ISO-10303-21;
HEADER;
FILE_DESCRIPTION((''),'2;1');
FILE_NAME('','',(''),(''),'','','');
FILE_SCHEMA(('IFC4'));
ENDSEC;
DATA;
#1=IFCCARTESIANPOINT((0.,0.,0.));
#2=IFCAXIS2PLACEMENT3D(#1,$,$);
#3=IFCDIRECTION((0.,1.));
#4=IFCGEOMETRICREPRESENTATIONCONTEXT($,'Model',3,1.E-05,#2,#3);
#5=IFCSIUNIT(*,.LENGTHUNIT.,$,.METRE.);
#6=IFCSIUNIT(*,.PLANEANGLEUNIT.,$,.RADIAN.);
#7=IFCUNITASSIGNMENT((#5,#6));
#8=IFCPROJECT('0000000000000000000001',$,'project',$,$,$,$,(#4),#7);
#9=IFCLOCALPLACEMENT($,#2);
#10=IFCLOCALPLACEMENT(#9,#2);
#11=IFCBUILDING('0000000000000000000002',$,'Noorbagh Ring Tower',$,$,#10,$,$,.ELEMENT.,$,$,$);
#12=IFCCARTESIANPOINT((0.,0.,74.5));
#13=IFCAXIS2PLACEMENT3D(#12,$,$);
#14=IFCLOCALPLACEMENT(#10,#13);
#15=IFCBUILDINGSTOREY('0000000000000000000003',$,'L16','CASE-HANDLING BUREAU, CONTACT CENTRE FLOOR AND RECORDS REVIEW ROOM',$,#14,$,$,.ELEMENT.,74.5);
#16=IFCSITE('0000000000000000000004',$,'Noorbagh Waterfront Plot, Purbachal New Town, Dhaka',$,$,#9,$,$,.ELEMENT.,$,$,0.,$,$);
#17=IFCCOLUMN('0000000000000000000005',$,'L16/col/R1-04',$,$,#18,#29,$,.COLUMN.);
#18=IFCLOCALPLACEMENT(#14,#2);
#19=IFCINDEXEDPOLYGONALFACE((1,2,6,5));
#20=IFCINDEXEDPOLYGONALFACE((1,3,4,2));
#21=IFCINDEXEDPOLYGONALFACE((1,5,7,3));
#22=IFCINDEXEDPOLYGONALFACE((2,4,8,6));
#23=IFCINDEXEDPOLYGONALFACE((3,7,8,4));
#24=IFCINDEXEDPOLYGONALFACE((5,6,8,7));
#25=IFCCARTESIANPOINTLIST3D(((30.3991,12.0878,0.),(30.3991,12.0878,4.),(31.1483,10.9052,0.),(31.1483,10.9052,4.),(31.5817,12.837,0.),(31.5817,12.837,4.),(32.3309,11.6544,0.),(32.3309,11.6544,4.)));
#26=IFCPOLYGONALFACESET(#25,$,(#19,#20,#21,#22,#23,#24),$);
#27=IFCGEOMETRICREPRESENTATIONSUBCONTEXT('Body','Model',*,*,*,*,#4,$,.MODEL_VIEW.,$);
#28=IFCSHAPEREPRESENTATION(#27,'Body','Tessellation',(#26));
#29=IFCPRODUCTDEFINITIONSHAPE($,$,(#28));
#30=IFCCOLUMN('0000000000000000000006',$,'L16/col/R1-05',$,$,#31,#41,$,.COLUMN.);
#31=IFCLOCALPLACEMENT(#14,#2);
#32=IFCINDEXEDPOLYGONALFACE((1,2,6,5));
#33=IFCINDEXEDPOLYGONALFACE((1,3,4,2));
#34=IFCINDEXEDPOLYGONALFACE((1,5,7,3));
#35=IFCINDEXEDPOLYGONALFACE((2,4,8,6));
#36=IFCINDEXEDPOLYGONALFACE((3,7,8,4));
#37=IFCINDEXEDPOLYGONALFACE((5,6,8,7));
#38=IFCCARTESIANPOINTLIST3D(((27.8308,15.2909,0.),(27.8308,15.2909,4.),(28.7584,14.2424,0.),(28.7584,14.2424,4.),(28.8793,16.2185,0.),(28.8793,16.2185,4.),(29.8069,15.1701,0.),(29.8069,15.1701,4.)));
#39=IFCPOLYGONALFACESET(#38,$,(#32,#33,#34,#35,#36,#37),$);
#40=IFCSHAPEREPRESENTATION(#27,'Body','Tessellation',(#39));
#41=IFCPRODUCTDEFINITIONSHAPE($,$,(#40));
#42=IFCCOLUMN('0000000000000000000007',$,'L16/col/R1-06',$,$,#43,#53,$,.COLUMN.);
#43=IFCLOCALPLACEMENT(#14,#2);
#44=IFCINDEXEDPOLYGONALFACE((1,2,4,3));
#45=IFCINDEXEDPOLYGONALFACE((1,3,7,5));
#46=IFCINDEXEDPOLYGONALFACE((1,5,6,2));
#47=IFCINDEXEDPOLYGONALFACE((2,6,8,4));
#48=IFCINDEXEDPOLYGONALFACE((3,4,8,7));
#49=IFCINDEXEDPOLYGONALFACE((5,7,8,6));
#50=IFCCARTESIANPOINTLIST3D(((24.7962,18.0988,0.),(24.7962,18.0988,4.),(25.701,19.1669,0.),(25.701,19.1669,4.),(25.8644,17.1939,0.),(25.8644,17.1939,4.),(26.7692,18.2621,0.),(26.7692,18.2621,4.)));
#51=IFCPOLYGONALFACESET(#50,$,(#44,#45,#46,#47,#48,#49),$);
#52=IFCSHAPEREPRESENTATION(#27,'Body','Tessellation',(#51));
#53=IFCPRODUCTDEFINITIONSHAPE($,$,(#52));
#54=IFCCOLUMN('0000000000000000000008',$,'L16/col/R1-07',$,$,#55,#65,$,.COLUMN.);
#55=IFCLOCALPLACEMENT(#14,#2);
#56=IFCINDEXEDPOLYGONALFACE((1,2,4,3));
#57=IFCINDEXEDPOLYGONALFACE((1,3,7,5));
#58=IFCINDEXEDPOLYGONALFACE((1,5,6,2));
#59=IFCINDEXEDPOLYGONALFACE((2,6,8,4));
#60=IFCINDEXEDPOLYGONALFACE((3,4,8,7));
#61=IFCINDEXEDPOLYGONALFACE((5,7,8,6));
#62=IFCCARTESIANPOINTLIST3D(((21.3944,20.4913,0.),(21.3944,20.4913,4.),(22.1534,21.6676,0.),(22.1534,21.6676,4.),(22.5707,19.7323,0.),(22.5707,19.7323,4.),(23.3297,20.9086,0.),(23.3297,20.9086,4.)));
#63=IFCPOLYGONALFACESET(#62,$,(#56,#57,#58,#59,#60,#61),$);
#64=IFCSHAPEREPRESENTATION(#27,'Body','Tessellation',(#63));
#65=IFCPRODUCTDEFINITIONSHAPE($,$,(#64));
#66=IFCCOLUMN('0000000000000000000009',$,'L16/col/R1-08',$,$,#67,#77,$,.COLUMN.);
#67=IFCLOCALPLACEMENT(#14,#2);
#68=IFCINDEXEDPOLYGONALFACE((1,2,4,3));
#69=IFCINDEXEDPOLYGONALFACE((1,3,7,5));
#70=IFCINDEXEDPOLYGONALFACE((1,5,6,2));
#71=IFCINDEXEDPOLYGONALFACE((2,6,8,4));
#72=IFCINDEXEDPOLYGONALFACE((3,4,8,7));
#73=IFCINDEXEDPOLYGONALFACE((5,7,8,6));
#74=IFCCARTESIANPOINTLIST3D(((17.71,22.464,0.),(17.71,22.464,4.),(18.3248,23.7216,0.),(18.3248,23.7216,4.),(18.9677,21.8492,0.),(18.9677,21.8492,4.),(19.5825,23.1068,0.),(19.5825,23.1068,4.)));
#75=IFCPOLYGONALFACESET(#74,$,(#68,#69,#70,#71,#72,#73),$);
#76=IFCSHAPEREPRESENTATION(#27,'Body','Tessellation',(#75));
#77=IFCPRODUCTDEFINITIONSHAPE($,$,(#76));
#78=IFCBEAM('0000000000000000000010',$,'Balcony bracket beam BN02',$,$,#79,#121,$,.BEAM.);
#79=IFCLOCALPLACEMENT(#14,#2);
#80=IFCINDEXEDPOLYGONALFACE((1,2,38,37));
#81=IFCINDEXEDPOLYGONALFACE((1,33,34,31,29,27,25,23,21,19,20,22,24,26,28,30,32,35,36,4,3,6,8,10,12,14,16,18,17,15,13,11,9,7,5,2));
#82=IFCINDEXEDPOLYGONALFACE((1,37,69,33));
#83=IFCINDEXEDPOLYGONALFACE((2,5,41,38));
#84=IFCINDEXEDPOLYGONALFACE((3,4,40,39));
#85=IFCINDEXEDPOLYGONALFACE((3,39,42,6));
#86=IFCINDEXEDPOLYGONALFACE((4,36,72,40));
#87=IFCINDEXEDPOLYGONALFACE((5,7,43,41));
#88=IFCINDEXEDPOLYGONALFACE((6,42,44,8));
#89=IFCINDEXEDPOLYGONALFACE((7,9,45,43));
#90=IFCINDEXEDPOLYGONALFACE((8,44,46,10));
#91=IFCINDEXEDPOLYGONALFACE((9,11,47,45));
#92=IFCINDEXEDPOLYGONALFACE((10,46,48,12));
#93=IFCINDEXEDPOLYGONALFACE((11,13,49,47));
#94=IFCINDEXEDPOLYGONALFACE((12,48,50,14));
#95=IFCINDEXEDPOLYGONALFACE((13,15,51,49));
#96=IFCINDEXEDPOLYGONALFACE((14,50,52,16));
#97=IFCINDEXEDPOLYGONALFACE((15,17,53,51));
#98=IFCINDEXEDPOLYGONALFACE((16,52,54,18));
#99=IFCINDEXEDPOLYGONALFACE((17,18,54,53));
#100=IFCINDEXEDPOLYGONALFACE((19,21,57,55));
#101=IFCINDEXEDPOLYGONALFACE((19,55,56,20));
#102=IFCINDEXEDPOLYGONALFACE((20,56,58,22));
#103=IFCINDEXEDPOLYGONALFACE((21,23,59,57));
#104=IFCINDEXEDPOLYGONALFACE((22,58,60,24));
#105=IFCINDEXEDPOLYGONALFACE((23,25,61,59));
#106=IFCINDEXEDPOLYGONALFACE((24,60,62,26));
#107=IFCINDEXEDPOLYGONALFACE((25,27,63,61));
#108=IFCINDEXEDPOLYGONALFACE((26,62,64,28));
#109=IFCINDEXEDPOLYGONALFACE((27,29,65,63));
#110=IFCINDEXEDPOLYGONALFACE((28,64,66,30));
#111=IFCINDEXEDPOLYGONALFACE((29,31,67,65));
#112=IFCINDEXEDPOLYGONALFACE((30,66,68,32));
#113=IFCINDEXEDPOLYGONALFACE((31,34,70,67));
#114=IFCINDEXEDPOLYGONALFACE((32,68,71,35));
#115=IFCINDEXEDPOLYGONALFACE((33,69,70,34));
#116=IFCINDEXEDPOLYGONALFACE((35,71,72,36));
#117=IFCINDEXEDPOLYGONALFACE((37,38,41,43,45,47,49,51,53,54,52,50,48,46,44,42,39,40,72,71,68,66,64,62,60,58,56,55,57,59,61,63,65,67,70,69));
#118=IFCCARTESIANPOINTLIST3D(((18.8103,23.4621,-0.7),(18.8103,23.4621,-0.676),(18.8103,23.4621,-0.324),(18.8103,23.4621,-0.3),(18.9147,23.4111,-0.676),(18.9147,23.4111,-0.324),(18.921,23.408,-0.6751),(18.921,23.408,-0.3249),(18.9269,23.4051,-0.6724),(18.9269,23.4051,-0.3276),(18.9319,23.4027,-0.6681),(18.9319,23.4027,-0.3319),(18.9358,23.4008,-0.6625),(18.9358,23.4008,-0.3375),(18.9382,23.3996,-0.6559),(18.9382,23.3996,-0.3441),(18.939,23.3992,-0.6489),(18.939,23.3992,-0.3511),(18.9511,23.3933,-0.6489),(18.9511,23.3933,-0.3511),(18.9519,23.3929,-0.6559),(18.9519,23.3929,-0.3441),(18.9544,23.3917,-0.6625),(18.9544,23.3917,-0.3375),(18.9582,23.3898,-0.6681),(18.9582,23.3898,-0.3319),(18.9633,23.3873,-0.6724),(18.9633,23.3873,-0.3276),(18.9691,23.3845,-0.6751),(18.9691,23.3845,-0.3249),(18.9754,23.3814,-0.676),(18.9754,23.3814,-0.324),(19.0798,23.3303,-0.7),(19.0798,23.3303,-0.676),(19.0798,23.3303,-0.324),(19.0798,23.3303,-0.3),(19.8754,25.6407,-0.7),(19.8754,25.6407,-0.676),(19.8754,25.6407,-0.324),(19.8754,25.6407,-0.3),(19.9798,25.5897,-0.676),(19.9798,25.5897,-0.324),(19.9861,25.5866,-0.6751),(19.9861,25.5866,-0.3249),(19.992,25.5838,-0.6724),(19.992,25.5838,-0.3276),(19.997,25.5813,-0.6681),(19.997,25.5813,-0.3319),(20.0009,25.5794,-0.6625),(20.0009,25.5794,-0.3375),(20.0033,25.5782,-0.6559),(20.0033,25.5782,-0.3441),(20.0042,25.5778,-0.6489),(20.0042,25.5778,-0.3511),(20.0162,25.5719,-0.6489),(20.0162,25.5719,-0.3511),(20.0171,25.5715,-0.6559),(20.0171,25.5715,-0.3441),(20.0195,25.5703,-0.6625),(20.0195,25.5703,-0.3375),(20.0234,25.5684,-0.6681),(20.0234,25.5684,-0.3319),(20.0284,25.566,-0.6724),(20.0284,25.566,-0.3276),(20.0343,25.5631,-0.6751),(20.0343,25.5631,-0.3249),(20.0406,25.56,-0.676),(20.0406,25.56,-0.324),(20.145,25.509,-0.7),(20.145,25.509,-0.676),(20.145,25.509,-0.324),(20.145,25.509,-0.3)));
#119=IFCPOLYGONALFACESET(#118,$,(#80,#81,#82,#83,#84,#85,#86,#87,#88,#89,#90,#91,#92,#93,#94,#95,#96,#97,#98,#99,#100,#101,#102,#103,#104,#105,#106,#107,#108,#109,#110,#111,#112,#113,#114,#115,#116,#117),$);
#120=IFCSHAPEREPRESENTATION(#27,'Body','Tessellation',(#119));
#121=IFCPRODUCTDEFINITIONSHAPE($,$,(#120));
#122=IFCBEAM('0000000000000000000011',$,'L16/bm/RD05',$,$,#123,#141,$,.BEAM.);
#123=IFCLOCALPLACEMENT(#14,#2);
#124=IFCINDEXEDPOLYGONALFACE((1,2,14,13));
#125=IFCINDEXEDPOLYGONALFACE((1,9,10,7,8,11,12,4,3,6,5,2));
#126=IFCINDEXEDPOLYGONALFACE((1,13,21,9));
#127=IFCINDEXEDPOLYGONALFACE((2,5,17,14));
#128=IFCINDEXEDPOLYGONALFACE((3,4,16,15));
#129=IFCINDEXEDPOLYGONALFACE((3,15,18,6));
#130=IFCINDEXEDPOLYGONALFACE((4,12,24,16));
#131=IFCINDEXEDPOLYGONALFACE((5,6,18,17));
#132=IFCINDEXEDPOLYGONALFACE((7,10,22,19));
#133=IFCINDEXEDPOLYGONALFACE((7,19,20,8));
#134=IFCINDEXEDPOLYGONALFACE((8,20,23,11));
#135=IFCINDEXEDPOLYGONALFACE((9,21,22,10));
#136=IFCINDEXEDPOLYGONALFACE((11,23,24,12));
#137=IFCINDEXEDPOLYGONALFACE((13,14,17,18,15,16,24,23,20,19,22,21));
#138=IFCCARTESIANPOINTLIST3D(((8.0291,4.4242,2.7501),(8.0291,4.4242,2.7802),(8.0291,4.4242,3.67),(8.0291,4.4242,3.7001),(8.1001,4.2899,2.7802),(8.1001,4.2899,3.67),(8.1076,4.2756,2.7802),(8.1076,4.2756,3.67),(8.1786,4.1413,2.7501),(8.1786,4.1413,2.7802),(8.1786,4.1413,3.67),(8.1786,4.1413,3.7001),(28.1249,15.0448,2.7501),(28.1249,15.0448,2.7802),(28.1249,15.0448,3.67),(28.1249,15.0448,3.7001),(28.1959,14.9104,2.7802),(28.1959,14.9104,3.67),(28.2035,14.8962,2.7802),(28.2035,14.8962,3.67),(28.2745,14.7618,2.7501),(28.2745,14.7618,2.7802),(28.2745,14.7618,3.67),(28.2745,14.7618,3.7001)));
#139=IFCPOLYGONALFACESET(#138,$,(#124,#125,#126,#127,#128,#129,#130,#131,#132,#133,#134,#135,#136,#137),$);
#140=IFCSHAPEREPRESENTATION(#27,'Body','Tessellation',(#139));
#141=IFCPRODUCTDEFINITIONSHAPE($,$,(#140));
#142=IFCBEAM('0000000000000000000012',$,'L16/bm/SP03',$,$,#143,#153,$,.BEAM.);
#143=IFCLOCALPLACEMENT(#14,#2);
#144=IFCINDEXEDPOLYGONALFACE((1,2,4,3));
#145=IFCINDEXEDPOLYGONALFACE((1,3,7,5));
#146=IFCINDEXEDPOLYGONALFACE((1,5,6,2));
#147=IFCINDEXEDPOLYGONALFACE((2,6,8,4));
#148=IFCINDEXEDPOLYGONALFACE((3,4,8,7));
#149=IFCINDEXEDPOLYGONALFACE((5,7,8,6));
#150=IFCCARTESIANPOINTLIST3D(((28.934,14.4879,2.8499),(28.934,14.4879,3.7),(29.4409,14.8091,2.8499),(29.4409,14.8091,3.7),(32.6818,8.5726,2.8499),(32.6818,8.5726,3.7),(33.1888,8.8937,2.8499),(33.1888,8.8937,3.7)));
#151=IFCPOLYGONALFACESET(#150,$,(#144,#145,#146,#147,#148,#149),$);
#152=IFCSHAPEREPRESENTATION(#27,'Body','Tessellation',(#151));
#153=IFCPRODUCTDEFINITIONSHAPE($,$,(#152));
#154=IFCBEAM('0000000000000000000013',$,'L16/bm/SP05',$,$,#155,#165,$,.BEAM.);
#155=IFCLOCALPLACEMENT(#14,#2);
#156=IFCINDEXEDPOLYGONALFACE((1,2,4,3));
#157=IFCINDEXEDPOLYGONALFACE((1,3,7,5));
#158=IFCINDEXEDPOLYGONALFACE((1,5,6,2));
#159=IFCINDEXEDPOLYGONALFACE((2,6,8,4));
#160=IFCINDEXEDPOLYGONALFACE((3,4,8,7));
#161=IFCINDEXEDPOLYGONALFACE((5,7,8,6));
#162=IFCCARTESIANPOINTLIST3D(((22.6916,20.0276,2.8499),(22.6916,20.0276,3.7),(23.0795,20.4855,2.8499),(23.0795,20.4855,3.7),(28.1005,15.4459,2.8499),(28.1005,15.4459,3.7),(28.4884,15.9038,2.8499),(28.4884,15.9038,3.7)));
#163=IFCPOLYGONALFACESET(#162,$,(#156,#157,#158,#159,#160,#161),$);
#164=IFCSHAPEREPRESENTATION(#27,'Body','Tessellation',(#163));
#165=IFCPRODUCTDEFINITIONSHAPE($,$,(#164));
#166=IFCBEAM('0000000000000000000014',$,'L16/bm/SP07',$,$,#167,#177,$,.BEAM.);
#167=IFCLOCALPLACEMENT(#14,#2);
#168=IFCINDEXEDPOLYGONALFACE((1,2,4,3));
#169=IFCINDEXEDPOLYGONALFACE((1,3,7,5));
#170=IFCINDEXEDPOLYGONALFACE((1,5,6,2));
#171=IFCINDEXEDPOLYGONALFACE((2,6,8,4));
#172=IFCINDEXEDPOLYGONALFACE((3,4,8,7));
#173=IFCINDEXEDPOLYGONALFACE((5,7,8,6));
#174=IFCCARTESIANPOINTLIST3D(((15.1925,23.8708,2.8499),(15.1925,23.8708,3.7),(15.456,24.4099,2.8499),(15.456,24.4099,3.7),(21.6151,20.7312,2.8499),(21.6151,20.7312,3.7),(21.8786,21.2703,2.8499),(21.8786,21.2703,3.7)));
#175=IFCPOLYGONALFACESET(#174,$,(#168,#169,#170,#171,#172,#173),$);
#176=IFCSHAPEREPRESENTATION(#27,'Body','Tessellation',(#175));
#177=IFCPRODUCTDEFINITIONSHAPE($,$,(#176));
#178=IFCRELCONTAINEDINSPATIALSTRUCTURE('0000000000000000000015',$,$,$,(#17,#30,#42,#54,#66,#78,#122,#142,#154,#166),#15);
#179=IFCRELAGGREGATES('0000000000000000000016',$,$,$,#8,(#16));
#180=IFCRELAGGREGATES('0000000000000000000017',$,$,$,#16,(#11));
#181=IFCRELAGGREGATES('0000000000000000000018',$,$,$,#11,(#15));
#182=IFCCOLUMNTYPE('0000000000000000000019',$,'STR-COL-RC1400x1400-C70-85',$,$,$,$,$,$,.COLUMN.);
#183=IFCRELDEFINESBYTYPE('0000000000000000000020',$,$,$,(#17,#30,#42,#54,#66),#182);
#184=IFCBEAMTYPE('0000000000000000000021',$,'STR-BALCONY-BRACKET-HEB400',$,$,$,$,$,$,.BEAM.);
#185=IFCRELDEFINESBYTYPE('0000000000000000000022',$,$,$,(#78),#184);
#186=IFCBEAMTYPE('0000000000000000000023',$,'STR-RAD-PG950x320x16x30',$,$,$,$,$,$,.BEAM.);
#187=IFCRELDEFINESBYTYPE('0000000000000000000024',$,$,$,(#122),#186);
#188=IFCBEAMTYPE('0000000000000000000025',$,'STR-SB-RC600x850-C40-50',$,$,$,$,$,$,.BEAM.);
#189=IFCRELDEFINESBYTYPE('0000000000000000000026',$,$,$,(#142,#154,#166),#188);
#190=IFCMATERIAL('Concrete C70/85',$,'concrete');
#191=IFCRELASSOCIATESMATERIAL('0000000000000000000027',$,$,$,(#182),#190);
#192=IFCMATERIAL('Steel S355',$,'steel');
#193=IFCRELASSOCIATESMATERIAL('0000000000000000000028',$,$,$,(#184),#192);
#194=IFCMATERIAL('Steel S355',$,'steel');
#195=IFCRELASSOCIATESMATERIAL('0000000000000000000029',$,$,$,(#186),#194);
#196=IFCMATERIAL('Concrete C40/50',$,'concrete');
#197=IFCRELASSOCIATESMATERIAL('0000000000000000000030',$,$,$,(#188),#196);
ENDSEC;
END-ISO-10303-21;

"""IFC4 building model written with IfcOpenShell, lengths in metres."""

from ifc_helpers import new_model, si_unit, direction, frame, origin, origin_2d, place, context, subcontext, project, spatial, rectangle, i_section, extrude, material, material_profile, profile_set, type_object, element, save


model = new_model("IFC4")

# Units and contexts
model_context = context("Model", 3, precision=1e-05, world=origin(), true_north=direction((0.0, 1.0)))
body_context = subcontext(model_context, "Body", "Model", "MODEL_VIEW")
ifc_project = project(units=[si_unit("LENGTHUNIT", "METRE"), si_unit("PLANEANGLEUNIT", "RADIAN")], contexts=[model_context])

# Site, building, storey
site_placement = place(None, origin())
site = spatial("IfcSite", under=ifc_project, at=site_placement, Name="Noorbagh Waterfront Plot, Purbachal New Town, Dhaka", CompositionType="ELEMENT", RefElevation=0.0)
building_placement = place(site_placement, origin())
building = spatial("IfcBuilding", under=site, at=building_placement, Name="Noorbagh Ring Tower", CompositionType="ELEMENT")
storey_placement = place(building_placement, frame((0.0, 0.0, 74.5)))
storey = spatial("IfcBuildingStorey", under=building, at=storey_placement, Name="L16", Description="CASE-HANDLING BUREAU, CONTACT CENTRE FLOOR AND RECORDS REVIEW ROOM", CompositionType="ELEMENT", Elevation=74.5)

# Columns
ifc_material_1 = material(Name="Concrete C70/85", Category="concrete")
ifc_material_profile_1 = material_profile(ifc_material_1, rectangle(XDim=1.3999, YDim=1.3999, at=origin_2d()), Name="RC1400x1400")
ifc_profile_set_1 = profile_set([ifc_material_profile_1], Name="Concrete C70/85")
column_type = type_object("IfcColumnType", Name="STR-COL-RC1400x1400-C70-85", PredefinedType="COLUMN", material=ifc_profile_set_1)
for number, where, z_axis, x_axis, name in (
    (1, (31.365, 11.8711, 0.0), (0.0, 0.0, 1.0), (-0.53519, 0.844731, 0.0), "L16/col/R1-04"),
    (2, (28.8188, 15.2305, 0.0), (0.0, 0.0, 1.0), (-0.662636, 0.748942, 0.0), "L16/col/R1-05"),
    (3, (25.7827, 18.1804, 0.0), (0.0, 0.0, 1.0), (-0.763035, 0.646357, 0.0), "L16/col/R1-06"),
    (4, (22.3621, 20.7, 0.0), (0.0, 0.0, 1.0), (-0.840248, 0.542203, 0.0), "L16/col/R1-07"),
    (5, (18.6462, 22.7854, 0.0), (0.0, 0.0, 1.0), (-0.898399, 0.43918, 0.0), "L16/col/R1-08"),
):
    element("IfcColumn", number, at=place(storey_placement, frame(where, z_axis=z_axis, x_axis=x_axis)), inside=storey, type_object=column_type, Name=name, PredefinedType="COLUMN", context=body_context, shape_type="SweptSolid", body=[
        extrude(rectangle(XDim=1.3999, YDim=1.3999, at=origin_2d()), origin(), (0.0, 0.0, 1.0), 4.0),
    ])

# Beams
ifc_material_2 = material(Name="Steel S355", Category="steel")
ifc_material_profile_2 = material_profile(ifc_material_2, i_section(OverallWidth=0.3, OverallDepth=0.3999, WebThickness=0.0134, FlangeThickness=0.0239, FilletRadius=0.0271, at=origin_2d()), Name="HEB400")
ifc_profile_set_2 = profile_set([ifc_material_profile_2], Name="Steel S355")
beam_type_1 = type_object("IfcBeamType", Name="STR-BALCONY-BRACKET-HEB400", PredefinedType="BEAM", material=ifc_profile_set_2)
beam_1_placement = place(storey_placement, frame((18.9451, 23.3962, -0.5), z_axis=(0.439223, 0.898378, 0.0), x_axis=(-0.898378, 0.439223, 0.0)))
element("IfcBeam", 6, at=beam_1_placement, inside=storey, type_object=beam_type_1, Name="Balcony bracket beam BN02", PredefinedType="BEAM", context=body_context, shape_type="SweptSolid", body=[
    extrude(i_section(OverallWidth=0.3, OverallDepth=0.3999, WebThickness=0.0134, FlangeThickness=0.0239, FilletRadius=0.0271, at=origin_2d()), origin(), (0.0, 0.0, 1.0), 2.425),
])
ifc_material_3 = material(Name="Steel S355", Category="steel")
ifc_material_profile_3 = material_profile(ifc_material_3, i_section(OverallWidth=0.3201, OverallDepth=0.95, WebThickness=0.0161, FlangeThickness=0.03, at=origin_2d()), Name="PG950x320x16x30")
ifc_profile_set_3 = profile_set([ifc_material_profile_3], Name="Steel S355")
beam_type_2 = type_object("IfcBeamType", Name="STR-RAD-PG950x320x16x30", PredefinedType="BEAM", material=ifc_profile_set_3)
beam_2_placement = place(storey_placement, frame((28.1997, 14.9033, 3.2251), z_axis=(-0.884123, -0.467254, 0.0), x_axis=(0.467254, -0.884123, 0.0)))
element("IfcBeam", 7, at=beam_2_placement, inside=storey, type_object=beam_type_2, Name="L16/bm/RD05", PredefinedType="BEAM", context=body_context, shape_type="SweptSolid", body=[
    extrude(i_section(OverallWidth=0.3201, OverallDepth=0.95, WebThickness=0.0161, FlangeThickness=0.03, at=origin_2d()), origin(), (0.0, 0.0, 1.0), 22.7297),
])
ifc_material_4 = material(Name="Concrete C40/50", Category="concrete")
ifc_material_profile_4 = material_profile(ifc_material_4, rectangle(XDim=0.6001, YDim=0.8501, at=origin_2d()), Name="RC600x850")
ifc_profile_set_4 = profile_set([ifc_material_profile_4], Name="Concrete C40/50")
beam_type_3 = type_object("IfcBeamType", Name="STR-SB-RC600x850-C40-50", PredefinedType="BEAM", material=ifc_profile_set_4)
beam_3_placement = place(storey_placement, frame((32.9353, 8.7332, 3.2749), z_axis=(-0.535201, 0.844725, 0.0), x_axis=(-0.844725, -0.535201, 0.0)))
element("IfcBeam", 8, at=beam_3_placement, inside=storey, type_object=beam_type_3, Name="L16/bm/SP03", PredefinedType="BEAM", context=body_context, shape_type="SweptSolid", body=[
    extrude(rectangle(XDim=0.6001, YDim=0.8501, at=origin_2d()), origin(), (0.0, 0.0, 1.0), 7.0027),
])
beam_4_placement = place(storey_placement, frame((28.2944, 15.6748, 3.2749), z_axis=(-0.763039, 0.646353, 0.0), x_axis=(-0.646353, -0.763039, 0.0)))
element("IfcBeam", 9, at=beam_4_placement, inside=storey, type_object=beam_type_3, Name="L16/bm/SP05", PredefinedType="BEAM", context=body_context, shape_type="SweptSolid", body=[
    extrude(rectangle(XDim=0.6001, YDim=0.8501, at=origin_2d()), origin(), (0.0, 0.0, 1.0), 7.0886),
])
beam_5_placement = place(storey_placement, frame((21.7468, 21.0007, 3.2749), z_axis=(-0.898401, 0.439177, 0.0), x_axis=(-0.439177, -0.898401, 0.0)))
element("IfcBeam", 10, at=beam_5_placement, inside=storey, type_object=beam_type_3, Name="L16/bm/SP07", PredefinedType="BEAM", context=body_context, shape_type="SweptSolid", body=[
    extrude(rectangle(XDim=0.6001, YDim=0.8501, at=origin_2d()), origin(), (0.0, 0.0, 1.0), 7.1489),
])

save(model, "model.ifc")
